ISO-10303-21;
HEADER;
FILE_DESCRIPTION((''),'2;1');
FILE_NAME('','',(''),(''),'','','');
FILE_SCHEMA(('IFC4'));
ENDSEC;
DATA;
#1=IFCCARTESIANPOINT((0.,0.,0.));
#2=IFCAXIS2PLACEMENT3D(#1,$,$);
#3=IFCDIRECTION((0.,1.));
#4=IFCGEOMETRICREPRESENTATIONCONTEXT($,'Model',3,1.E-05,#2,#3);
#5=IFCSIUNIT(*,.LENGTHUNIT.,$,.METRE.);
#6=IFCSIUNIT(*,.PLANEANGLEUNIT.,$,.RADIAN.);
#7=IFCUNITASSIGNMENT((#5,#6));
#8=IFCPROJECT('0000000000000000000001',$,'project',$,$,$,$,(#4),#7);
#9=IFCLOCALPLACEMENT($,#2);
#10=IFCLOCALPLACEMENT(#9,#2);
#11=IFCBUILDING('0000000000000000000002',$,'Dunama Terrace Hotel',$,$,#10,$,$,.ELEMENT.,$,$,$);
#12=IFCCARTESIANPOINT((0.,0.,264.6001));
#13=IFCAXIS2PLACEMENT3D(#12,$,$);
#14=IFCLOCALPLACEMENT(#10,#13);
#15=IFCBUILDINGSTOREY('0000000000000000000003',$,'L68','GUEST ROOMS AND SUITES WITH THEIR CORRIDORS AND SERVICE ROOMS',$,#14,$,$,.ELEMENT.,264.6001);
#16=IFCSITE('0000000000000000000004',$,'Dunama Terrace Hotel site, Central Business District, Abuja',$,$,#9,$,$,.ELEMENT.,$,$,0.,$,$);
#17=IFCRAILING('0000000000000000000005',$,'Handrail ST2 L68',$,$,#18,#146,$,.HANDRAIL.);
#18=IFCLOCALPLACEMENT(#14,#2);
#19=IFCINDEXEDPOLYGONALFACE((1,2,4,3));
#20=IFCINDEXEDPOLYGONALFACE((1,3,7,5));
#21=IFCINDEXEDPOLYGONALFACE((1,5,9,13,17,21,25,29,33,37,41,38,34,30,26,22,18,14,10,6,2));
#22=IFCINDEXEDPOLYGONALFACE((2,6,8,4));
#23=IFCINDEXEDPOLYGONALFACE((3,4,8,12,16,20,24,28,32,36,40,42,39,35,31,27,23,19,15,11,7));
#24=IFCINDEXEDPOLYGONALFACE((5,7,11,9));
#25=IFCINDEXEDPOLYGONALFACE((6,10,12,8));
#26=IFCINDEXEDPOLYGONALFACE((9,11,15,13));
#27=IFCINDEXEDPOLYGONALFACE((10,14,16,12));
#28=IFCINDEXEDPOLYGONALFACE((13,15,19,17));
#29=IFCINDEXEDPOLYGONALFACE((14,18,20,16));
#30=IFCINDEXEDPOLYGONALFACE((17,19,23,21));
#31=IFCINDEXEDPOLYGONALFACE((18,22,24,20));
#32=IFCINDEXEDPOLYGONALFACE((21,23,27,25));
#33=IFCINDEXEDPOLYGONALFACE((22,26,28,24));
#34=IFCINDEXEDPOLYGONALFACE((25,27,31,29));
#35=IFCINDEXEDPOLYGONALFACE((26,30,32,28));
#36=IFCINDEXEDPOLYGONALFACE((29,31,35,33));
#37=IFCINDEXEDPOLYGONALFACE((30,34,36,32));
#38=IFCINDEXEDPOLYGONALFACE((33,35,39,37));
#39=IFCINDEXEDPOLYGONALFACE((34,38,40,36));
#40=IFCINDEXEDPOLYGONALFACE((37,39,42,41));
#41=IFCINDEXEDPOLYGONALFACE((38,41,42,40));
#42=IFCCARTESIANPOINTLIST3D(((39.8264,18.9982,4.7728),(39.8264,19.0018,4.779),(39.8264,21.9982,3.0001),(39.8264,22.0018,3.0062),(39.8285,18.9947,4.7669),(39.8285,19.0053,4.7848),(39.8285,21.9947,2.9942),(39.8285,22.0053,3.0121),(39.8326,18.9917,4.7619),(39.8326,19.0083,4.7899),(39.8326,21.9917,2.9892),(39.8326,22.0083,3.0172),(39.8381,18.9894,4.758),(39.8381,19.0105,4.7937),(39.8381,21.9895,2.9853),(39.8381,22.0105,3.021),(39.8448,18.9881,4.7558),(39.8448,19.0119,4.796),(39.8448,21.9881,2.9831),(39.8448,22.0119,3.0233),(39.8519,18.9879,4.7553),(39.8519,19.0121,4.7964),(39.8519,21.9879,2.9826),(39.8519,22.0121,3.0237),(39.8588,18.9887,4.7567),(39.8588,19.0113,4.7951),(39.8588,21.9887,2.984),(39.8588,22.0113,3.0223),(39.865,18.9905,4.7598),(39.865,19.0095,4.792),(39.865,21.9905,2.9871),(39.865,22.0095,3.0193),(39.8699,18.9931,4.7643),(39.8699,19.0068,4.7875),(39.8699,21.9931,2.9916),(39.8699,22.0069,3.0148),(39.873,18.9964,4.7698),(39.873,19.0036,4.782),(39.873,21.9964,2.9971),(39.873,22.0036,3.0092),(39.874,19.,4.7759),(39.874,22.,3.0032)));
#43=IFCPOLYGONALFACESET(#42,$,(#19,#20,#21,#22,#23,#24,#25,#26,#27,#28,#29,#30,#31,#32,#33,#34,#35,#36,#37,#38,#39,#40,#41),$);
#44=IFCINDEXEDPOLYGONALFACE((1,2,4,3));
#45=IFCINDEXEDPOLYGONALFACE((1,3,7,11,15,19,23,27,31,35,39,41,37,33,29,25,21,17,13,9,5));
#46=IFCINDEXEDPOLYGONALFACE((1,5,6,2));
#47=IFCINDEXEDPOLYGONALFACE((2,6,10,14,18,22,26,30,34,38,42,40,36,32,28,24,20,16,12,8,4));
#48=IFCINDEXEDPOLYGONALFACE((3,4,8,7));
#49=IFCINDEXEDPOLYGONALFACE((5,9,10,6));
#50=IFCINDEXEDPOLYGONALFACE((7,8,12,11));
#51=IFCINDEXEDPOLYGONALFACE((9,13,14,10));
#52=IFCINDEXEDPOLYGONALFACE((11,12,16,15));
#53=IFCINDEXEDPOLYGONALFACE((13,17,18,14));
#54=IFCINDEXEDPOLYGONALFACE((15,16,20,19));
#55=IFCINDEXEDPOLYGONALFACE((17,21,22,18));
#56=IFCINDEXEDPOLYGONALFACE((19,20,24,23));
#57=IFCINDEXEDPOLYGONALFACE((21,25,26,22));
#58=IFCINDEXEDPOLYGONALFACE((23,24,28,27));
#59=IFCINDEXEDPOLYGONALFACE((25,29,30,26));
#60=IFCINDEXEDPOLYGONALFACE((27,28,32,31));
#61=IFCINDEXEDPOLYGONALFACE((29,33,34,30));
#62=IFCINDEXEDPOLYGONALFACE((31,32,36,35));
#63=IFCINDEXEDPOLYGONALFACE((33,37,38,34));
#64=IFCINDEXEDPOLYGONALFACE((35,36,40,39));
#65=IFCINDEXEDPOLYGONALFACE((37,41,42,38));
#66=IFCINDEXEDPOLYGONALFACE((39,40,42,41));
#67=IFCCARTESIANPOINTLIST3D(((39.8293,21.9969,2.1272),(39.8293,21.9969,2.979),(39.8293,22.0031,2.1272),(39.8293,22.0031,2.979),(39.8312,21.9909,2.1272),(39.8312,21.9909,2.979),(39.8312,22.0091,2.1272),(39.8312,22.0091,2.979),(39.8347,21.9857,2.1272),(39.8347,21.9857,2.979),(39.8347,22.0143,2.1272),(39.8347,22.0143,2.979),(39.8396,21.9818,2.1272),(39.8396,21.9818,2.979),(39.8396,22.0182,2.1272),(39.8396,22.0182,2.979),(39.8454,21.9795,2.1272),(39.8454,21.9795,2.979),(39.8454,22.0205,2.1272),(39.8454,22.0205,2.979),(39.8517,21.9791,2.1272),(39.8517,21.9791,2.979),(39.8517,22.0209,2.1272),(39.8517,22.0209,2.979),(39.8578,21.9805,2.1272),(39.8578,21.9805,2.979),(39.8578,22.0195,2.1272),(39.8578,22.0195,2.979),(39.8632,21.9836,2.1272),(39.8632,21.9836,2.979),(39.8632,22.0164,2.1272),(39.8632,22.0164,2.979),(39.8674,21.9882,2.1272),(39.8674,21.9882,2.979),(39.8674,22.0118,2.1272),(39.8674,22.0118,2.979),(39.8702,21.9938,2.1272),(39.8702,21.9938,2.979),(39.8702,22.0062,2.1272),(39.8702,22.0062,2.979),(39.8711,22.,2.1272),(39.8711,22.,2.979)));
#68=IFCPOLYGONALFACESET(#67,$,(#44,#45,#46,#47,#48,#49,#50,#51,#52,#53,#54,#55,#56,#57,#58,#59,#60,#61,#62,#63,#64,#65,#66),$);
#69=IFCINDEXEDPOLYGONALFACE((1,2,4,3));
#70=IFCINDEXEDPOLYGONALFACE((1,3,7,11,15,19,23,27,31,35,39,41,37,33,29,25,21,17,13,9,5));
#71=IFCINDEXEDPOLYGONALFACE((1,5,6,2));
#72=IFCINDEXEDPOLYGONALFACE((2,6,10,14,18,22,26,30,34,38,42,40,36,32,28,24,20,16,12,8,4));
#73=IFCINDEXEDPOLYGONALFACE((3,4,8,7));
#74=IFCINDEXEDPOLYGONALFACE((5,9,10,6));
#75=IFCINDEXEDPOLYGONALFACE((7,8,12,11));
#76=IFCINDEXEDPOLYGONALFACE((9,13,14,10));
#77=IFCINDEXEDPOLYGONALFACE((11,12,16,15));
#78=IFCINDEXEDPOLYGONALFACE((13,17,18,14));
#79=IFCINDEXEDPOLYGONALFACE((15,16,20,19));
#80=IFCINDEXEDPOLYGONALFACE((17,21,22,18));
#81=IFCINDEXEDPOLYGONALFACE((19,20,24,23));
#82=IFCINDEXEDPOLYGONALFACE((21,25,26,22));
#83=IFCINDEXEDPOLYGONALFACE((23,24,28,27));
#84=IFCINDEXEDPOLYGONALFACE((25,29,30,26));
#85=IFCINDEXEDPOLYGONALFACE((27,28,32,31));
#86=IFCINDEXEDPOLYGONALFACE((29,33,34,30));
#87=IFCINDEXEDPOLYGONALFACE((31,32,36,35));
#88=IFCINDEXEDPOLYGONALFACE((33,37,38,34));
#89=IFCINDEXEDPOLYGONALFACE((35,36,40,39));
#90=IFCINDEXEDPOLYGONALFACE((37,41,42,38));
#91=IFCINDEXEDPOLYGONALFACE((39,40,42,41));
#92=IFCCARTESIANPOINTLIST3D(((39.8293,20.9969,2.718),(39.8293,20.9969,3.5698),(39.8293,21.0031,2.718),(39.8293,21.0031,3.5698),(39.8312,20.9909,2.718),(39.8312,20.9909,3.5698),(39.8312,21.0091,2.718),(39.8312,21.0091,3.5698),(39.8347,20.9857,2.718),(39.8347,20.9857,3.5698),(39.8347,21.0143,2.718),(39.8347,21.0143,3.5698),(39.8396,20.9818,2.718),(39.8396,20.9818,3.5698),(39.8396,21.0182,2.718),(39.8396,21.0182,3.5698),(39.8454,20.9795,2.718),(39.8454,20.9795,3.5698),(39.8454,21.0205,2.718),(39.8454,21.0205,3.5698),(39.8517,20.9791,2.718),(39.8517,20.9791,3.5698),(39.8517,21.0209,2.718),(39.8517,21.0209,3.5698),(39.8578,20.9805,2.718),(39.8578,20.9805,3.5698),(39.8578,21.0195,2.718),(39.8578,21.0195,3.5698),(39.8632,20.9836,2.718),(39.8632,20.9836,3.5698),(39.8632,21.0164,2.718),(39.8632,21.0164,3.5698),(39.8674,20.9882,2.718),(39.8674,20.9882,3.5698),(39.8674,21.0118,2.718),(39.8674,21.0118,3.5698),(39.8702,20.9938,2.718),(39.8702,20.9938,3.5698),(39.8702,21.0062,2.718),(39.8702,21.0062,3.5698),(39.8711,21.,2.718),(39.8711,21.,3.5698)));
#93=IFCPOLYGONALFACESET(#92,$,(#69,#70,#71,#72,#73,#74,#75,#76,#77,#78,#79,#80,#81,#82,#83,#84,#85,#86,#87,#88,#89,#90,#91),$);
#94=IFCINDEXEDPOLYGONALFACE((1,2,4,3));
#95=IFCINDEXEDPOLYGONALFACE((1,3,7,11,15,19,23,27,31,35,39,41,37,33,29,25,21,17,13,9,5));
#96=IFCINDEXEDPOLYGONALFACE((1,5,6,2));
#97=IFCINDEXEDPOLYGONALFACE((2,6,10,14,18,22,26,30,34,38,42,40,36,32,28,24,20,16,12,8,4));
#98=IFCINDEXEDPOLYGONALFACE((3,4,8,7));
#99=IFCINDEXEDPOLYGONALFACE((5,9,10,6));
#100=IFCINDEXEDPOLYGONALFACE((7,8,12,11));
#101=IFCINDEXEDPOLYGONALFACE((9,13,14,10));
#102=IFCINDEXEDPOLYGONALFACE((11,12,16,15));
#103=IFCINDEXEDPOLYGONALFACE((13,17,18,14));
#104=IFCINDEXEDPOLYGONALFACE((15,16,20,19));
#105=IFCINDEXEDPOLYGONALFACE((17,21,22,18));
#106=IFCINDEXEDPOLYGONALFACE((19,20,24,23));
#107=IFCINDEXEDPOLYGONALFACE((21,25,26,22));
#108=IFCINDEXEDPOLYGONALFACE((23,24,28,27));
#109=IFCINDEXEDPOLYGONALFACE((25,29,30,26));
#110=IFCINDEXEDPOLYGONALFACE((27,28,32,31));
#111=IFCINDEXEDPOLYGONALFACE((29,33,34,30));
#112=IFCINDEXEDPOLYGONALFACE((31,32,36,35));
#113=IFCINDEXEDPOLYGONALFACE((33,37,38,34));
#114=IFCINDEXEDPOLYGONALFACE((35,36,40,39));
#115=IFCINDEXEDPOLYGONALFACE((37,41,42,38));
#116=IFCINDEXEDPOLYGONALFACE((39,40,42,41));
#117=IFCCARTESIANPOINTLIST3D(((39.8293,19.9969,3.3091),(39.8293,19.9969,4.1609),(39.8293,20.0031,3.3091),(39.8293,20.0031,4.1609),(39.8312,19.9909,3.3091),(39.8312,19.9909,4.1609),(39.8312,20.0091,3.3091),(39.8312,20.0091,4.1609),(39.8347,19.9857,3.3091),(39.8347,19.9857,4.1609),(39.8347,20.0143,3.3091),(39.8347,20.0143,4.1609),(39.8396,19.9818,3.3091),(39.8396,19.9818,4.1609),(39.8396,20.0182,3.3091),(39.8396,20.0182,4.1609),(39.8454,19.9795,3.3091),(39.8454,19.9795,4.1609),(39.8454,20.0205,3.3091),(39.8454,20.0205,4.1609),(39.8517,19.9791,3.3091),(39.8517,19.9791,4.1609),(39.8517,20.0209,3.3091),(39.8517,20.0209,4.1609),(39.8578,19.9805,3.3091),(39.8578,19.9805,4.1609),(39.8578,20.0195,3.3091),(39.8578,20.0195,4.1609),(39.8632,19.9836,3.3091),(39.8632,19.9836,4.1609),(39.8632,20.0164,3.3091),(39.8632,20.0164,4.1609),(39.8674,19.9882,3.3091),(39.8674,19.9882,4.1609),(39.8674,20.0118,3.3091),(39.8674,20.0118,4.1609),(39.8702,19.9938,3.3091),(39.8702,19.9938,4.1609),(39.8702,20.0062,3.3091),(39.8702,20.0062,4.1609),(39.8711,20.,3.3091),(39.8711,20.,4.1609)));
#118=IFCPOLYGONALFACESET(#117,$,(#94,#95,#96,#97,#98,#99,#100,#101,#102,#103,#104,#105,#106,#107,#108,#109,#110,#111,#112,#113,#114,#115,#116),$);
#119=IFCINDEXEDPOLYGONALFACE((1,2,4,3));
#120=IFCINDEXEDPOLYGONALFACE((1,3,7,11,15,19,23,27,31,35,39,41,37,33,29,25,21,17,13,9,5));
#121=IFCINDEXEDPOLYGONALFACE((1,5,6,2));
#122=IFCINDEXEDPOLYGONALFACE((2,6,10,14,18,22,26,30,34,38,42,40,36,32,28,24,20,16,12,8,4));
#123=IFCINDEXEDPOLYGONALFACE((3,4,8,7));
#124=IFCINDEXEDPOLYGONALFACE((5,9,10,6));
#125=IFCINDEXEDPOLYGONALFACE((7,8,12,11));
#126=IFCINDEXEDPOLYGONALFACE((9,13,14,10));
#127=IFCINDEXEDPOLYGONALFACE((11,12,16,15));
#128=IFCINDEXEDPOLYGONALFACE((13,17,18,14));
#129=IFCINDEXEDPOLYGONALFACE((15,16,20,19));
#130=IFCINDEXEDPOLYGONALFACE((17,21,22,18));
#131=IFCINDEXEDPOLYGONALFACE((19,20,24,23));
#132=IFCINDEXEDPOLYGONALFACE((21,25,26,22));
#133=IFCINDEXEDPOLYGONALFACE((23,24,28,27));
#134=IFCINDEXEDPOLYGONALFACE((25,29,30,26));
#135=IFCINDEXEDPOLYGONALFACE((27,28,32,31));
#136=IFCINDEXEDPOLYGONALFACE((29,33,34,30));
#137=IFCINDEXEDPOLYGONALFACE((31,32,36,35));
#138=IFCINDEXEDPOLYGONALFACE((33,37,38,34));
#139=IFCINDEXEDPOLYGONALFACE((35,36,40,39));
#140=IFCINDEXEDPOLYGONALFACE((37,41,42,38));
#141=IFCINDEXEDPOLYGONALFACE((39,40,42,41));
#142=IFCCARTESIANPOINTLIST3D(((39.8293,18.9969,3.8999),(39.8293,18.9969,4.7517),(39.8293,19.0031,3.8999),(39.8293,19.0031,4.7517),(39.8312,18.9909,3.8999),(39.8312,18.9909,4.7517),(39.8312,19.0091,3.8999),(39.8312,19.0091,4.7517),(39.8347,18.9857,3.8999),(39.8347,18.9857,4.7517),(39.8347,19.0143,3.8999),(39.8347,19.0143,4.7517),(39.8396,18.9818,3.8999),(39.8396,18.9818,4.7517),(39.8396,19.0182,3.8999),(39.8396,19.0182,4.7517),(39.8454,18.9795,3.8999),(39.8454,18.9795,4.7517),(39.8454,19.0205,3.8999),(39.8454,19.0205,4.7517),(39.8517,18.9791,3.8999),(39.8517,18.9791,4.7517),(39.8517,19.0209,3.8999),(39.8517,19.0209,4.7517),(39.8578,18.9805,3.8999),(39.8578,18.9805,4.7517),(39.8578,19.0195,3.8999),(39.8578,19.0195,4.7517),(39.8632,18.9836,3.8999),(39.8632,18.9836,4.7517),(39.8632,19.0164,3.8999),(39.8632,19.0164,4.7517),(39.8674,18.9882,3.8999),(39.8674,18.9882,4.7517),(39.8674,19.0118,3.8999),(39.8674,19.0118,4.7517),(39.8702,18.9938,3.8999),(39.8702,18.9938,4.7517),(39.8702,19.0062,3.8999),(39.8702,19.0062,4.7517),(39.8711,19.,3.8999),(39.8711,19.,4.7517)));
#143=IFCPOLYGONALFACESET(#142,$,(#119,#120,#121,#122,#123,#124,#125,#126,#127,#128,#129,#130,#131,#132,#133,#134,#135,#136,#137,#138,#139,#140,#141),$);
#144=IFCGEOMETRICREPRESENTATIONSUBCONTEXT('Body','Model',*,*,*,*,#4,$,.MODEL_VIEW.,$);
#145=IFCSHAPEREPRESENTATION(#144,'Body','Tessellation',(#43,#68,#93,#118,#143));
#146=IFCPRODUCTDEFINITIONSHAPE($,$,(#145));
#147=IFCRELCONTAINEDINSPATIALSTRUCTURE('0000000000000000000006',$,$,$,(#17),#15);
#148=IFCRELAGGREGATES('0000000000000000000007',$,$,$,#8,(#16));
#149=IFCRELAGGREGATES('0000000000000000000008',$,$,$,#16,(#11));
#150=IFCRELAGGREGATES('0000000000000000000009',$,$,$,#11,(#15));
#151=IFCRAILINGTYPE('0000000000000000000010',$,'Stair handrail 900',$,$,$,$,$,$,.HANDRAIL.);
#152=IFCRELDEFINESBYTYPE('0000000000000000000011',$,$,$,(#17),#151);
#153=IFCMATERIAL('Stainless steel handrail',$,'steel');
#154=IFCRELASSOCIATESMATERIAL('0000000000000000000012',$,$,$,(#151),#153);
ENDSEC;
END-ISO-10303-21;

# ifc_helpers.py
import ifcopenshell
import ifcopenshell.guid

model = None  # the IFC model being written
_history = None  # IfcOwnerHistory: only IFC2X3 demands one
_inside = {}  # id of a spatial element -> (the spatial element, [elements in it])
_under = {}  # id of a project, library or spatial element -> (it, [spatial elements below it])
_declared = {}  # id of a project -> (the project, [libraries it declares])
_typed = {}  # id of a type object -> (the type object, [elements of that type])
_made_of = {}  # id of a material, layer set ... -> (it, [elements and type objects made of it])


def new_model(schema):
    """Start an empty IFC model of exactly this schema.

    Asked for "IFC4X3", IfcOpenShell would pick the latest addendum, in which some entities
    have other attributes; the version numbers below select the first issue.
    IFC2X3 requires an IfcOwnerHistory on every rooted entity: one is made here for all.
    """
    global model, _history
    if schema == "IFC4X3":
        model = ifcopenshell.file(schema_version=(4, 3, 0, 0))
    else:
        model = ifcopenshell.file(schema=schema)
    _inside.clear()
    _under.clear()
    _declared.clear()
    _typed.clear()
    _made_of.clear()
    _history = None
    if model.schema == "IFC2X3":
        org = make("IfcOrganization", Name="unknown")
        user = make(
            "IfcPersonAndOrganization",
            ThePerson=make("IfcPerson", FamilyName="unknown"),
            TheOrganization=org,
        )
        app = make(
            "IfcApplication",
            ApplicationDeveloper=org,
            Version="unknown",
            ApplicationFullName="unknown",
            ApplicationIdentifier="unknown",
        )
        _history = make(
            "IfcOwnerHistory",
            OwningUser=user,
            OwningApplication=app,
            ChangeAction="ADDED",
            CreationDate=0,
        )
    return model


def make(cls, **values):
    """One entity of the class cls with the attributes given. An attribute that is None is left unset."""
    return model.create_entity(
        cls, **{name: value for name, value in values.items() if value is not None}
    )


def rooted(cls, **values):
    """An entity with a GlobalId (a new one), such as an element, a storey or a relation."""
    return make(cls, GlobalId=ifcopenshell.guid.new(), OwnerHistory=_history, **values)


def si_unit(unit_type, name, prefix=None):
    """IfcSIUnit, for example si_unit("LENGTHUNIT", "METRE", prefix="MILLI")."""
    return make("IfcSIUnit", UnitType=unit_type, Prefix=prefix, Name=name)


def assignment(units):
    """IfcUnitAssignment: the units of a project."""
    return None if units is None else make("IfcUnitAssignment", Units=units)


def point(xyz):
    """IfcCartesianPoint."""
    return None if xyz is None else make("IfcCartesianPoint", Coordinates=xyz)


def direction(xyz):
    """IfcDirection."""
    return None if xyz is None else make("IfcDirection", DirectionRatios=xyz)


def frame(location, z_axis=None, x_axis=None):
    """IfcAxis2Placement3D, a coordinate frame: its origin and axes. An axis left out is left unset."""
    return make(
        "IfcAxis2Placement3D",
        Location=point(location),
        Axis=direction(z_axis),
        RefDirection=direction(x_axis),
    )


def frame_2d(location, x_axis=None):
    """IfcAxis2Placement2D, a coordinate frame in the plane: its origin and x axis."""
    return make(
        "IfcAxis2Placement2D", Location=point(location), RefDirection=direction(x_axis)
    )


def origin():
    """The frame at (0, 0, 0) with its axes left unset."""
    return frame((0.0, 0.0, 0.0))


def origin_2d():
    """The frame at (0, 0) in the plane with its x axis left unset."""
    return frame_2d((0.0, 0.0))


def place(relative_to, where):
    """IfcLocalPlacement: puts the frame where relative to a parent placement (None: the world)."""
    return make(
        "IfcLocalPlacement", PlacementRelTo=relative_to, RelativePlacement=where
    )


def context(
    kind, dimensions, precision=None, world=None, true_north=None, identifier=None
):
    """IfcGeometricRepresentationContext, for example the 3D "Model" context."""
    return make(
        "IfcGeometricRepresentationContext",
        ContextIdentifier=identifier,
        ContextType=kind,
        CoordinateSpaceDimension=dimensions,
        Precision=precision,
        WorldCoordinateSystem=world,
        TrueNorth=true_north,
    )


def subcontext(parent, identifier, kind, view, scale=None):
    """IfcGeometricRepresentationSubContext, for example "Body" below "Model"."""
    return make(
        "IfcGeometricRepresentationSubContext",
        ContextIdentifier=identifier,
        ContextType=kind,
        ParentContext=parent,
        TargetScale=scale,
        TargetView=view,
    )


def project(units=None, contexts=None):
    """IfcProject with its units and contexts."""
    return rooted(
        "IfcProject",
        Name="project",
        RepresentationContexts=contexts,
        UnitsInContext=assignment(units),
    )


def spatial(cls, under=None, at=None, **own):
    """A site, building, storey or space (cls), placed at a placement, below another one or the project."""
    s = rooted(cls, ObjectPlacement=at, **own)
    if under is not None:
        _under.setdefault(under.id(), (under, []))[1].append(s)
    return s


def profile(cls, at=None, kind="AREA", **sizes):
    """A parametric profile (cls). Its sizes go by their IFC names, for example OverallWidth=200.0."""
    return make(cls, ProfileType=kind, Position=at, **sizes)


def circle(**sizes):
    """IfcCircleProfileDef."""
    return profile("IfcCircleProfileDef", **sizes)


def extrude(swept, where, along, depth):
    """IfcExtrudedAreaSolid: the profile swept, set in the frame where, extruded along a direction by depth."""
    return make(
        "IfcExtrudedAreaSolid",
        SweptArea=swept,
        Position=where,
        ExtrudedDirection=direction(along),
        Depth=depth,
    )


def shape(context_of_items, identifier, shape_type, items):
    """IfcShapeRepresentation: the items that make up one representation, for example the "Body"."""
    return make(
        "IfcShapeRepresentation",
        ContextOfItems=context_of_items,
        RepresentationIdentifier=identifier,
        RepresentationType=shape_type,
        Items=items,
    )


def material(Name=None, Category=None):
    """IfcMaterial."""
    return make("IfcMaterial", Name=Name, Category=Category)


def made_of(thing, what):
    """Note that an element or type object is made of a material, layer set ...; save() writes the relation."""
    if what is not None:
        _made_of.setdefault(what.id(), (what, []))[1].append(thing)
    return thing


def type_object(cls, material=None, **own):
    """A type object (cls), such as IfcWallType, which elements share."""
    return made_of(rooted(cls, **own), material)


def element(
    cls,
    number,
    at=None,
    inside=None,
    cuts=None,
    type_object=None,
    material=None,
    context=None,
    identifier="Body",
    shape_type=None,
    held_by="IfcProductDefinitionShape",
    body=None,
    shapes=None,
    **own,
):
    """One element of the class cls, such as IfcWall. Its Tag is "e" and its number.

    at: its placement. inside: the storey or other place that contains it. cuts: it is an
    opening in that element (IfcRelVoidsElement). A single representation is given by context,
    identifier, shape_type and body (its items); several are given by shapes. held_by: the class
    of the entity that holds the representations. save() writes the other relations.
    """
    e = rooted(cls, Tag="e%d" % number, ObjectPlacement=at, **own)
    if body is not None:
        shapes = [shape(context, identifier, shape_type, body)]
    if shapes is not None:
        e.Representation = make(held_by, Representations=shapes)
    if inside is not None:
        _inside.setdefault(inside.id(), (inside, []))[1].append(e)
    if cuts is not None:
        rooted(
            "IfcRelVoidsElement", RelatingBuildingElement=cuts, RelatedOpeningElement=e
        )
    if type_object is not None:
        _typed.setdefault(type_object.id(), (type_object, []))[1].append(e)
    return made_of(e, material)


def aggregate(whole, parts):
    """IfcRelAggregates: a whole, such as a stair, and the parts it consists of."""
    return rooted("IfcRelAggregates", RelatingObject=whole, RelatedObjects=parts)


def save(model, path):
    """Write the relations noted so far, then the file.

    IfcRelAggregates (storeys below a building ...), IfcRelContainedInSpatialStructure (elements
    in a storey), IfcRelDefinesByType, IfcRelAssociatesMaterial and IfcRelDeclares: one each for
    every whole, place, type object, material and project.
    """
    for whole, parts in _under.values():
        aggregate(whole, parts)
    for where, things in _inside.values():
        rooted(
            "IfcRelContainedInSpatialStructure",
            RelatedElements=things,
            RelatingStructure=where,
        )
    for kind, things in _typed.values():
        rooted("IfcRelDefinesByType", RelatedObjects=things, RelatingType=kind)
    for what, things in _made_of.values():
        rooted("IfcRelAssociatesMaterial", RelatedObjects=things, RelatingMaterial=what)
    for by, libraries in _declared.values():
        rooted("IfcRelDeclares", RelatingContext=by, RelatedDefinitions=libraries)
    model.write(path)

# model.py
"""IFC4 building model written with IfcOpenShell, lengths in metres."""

from ifc_helpers import new_model, si_unit, direction, frame, origin, origin_2d, place, context, subcontext, project, spatial, circle, extrude, material, type_object, element, save


model = new_model("IFC4")

# Units and contexts
model_context = context("Model", 3, precision=1e-05, world=origin(), true_north=direction((0.0, 1.0)))
body_context = subcontext(model_context, "Body", "Model", "MODEL_VIEW")
ifc_project = project(units=[si_unit("LENGTHUNIT", "METRE"), si_unit("PLANEANGLEUNIT", "RADIAN")], contexts=[model_context])

# Site, building, storey
site_placement = place(None, origin())
site = spatial("IfcSite", under=ifc_project, at=site_placement, Name="Dunama Terrace Hotel site, Central Business District, Abuja", CompositionType="ELEMENT", RefElevation=0.0)
building_placement = place(site_placement, origin())
building = spatial("IfcBuilding", under=site, at=building_placement, Name="Dunama Terrace Hotel", CompositionType="ELEMENT")
storey_placement = place(building_placement, frame((0.0, 0.0, 264.6001)))
storey = spatial("IfcBuildingStorey", under=building, at=storey_placement, Name="L68", Description="GUEST ROOMS AND SUITES WITH THEIR CORRIDORS AND SERVICE ROOMS", CompositionType="ELEMENT", Elevation=264.6001)

# Railing
ifc_material_1 = material(Name="Stainless steel handrail", Category="steel")
railing_type_1 = type_object("IfcRailingType", Name="Stair handrail 900", PredefinedType="HANDRAIL", material=ifc_material_1)
railing_1_placement = place(storey_placement, frame((39.8501, 22.0, 2.1272)))
element("IfcRailing", 1, at=railing_1_placement, inside=storey, type_object=railing_type_1, Name="Handrail ST2 L68", PredefinedType="HANDRAIL", context=body_context, shape_type="SweptSolid", body=[
    extrude(circle(Radius=0.0239, at=origin_2d()), frame((0.0, 0.0, 0.876), z_axis=(0.0, -0.860929, 0.508725), x_axis=(1.0, 0.0, 0.0)), (0.0, 0.0, 1.0), 3.4846),
    extrude(circle(Radius=0.021, at=origin_2d()), origin(), (0.0, 0.0, 1.0), 0.8518),
    extrude(circle(Radius=0.021, at=origin_2d()), frame((0.0, -1.0, 0.5908)), (0.0, 0.0, 1.0), 0.8518),
    extrude(circle(Radius=0.021, at=origin_2d()), frame((0.0, -2.0, 1.1819)), (0.0, 0.0, 1.0), 0.8518),
    extrude(circle(Radius=0.021, at=origin_2d()), frame((0.0, -3.0, 1.7727)), (0.0, 0.0, 1.0), 0.8518),
])

save(model, "model.ifc")
